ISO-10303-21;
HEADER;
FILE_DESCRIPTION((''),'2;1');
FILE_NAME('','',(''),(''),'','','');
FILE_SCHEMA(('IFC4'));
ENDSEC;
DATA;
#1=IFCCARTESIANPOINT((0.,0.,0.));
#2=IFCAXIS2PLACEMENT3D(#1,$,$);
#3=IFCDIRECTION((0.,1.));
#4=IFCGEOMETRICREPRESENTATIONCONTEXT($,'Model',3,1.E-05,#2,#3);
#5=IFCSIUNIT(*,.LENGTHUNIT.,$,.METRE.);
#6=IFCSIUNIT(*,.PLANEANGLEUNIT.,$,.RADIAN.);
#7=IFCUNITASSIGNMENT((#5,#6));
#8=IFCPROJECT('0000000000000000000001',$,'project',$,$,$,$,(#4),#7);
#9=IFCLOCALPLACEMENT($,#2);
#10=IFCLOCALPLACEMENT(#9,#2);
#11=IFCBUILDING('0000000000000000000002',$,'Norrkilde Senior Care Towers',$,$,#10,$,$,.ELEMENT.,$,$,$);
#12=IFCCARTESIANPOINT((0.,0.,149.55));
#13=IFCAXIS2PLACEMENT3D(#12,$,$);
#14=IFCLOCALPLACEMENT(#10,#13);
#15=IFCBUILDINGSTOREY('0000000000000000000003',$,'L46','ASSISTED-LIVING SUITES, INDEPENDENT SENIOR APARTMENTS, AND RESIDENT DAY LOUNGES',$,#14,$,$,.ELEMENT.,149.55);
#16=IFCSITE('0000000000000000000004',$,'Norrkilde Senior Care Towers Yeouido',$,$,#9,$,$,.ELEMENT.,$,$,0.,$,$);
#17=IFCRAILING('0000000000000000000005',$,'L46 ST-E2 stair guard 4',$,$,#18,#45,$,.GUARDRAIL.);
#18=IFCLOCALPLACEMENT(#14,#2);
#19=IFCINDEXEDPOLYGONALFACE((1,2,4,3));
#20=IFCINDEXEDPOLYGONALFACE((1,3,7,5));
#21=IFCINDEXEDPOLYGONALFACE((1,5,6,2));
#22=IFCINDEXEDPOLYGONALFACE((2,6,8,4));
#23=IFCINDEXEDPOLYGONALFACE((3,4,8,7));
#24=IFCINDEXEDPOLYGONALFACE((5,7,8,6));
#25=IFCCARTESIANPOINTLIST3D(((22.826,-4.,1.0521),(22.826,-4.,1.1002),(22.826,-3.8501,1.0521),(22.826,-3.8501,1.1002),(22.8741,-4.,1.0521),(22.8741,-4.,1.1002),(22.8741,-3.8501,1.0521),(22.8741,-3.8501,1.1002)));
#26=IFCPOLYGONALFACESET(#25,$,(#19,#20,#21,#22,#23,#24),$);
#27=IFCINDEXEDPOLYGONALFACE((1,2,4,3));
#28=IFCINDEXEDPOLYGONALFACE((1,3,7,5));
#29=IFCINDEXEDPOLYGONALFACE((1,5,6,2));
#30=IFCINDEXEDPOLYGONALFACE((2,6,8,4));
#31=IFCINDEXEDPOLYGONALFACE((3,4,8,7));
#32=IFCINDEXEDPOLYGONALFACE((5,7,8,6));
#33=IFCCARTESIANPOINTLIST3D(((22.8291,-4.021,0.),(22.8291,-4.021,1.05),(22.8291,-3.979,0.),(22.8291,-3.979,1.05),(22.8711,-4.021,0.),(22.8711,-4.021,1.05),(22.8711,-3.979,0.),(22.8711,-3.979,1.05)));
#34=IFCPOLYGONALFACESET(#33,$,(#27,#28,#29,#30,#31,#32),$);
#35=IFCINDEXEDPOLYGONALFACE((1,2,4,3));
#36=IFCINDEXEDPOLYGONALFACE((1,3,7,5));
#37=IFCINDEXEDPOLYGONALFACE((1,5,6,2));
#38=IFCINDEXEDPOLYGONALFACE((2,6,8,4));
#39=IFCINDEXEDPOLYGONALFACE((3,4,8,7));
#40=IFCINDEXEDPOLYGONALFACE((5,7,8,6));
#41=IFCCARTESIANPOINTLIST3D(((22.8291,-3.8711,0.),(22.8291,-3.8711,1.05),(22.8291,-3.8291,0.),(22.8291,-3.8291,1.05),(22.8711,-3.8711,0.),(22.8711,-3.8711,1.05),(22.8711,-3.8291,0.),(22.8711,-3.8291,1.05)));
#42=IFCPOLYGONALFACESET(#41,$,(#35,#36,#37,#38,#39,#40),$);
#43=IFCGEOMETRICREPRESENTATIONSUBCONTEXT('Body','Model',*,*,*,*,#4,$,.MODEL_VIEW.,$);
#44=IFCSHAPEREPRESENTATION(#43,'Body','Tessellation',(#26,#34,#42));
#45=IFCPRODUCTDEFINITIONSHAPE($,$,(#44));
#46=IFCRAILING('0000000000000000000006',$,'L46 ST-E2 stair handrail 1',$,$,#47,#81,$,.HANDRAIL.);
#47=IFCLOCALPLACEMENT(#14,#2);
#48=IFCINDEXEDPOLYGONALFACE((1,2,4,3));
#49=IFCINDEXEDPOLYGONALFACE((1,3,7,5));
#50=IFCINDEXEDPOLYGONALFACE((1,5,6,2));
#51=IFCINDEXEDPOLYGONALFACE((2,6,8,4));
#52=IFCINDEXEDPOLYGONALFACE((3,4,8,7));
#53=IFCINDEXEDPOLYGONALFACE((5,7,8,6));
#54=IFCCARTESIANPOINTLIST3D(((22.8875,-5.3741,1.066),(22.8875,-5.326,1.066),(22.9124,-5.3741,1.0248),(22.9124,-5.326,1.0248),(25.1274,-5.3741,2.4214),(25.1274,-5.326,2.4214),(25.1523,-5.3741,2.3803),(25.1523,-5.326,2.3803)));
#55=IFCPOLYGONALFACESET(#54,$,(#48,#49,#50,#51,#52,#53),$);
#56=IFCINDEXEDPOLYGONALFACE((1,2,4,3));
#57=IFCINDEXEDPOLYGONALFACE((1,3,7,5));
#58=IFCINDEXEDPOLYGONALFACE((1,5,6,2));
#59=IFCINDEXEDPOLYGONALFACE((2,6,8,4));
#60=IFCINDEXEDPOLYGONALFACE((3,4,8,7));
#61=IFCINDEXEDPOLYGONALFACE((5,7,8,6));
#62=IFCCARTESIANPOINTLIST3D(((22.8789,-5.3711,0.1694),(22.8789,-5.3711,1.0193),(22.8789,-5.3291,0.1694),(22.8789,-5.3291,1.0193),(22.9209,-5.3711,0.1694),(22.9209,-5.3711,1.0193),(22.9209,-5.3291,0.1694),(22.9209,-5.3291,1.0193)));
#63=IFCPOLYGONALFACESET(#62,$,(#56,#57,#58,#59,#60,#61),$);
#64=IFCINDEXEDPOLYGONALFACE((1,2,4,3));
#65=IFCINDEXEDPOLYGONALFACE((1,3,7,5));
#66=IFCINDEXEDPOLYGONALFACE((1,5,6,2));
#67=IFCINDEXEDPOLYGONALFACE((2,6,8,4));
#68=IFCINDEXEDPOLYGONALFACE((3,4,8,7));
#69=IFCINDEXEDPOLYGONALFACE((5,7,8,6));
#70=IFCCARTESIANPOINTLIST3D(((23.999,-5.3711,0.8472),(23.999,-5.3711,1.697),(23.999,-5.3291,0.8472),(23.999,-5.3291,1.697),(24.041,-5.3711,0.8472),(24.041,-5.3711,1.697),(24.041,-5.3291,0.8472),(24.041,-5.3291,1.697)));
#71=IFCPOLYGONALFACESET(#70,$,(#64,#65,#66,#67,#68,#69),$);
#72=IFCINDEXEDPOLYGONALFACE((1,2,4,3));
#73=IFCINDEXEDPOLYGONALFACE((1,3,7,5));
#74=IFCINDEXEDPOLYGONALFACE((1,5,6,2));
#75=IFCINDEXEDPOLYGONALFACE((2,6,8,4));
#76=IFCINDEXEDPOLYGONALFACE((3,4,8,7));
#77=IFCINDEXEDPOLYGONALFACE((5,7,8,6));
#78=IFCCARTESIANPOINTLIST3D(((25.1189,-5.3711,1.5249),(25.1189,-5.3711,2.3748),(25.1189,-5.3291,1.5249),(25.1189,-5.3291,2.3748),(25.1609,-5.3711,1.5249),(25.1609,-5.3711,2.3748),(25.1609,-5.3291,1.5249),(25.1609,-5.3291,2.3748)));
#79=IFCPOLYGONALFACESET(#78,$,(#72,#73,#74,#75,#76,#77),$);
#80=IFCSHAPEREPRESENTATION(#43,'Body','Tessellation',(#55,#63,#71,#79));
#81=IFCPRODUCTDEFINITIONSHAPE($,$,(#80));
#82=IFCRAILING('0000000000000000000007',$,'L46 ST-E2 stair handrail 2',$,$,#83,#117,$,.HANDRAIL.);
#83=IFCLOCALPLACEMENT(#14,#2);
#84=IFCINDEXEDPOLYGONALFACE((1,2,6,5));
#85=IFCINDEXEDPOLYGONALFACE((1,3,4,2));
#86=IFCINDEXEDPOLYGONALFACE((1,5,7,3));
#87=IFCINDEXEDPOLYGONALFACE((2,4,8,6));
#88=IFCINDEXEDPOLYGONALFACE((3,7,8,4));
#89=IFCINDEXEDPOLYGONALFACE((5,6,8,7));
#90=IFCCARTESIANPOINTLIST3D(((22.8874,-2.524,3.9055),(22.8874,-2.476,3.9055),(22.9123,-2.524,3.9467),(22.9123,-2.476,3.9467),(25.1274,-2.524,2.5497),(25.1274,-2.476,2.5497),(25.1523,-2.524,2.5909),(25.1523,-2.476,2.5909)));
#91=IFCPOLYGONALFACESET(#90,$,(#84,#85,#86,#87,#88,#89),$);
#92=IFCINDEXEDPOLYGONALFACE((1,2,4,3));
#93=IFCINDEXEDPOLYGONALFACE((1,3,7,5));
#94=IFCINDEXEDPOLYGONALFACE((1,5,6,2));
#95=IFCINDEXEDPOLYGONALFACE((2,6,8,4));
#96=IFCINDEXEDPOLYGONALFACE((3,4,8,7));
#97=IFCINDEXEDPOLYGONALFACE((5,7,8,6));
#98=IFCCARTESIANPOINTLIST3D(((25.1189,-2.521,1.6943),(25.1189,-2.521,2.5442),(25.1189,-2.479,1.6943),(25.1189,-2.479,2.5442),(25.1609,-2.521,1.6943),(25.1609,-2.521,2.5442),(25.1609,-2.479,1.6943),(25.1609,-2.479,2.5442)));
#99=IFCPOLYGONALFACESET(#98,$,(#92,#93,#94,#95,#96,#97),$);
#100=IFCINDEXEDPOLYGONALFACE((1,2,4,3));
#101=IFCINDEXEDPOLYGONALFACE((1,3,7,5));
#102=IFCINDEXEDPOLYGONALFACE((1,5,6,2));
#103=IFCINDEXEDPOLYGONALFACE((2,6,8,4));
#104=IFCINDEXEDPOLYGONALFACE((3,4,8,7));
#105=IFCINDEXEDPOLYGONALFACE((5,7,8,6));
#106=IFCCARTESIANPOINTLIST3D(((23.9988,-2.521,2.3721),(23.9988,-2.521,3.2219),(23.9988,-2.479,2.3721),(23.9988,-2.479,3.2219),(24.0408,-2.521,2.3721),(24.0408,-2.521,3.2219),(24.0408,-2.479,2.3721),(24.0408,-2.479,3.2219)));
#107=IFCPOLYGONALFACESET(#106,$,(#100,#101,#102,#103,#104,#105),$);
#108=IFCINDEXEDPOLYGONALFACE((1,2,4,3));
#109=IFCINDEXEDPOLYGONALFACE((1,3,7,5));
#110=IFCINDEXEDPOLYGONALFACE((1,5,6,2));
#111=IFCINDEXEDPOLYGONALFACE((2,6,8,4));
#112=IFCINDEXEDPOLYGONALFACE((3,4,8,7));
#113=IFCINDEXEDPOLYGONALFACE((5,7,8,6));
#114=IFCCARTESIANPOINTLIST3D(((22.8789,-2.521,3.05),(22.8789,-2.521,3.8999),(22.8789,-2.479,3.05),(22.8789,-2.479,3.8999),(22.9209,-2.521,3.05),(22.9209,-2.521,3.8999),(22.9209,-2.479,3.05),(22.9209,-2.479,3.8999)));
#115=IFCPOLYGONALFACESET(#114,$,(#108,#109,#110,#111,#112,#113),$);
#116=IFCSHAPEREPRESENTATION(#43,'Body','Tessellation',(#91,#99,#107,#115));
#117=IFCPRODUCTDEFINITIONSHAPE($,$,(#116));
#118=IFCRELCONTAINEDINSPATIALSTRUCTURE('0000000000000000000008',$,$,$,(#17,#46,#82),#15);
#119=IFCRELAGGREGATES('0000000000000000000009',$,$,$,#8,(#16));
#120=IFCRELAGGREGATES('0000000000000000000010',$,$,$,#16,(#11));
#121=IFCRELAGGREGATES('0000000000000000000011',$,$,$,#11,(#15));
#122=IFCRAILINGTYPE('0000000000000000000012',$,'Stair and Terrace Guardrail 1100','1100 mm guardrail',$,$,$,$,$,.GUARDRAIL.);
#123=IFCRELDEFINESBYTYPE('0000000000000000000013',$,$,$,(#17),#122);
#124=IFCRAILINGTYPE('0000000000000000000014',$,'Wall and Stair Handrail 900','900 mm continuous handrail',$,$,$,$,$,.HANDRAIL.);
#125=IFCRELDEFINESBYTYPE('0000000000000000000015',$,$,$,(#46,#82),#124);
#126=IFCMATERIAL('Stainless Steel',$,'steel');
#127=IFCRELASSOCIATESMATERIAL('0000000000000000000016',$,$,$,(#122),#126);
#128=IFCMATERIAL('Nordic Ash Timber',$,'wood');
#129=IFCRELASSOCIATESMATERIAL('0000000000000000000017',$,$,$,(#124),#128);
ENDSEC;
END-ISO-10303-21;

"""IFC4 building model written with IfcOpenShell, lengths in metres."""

from ifc_helpers import new_model, si_unit, direction, frame, origin, origin_2d, place, context, subcontext, project, spatial, rectangle, extrude, material, type_object, element, save


model = new_model("IFC4")

# Units and contexts
model_context = context("Model", 3, precision=1e-05, world=origin(), true_north=direction((0.0, 1.0)))
body_context = subcontext(model_context, "Body", "Model", "MODEL_VIEW")
ifc_project = project(units=[si_unit("LENGTHUNIT", "METRE"), si_unit("PLANEANGLEUNIT", "RADIAN")], contexts=[model_context])

# Site, building, storey
site_placement = place(None, origin())
site = spatial("IfcSite", under=ifc_project, at=site_placement, Name="Norrkilde Senior Care Towers Yeouido", CompositionType="ELEMENT", RefElevation=0.0)
building_placement = place(site_placement, origin())
building = spatial("IfcBuilding", under=site, at=building_placement, Name="Norrkilde Senior Care Towers", CompositionType="ELEMENT")
storey_placement = place(building_placement, frame((0.0, 0.0, 149.55)))
storey = spatial("IfcBuildingStorey", under=building, at=storey_placement, Name="L46", Description="ASSISTED-LIVING SUITES, INDEPENDENT SENIOR APARTMENTS, AND RESIDENT DAY LOUNGES", CompositionType="ELEMENT", Elevation=149.55)

# Railings
ifc_material_1 = material(Name="Stainless Steel", Category="steel")
railing_type_1 = type_object("IfcRailingType", Name="Stair and Terrace Guardrail 1100", Description="1100 mm guardrail", PredefinedType="GUARDRAIL", material=ifc_material_1)
railing_1_placement = place(storey_placement, frame((22.8501, -4.0, 0.0)))
element("IfcRailing", 1, at=railing_1_placement, inside=storey, type_object=railing_type_1, Name="L46 ST-E2 stair guard 4", PredefinedType="GUARDRAIL", context=body_context, shape_type="SweptSolid", body=[
    extrude(rectangle(XDim=0.0481, YDim=0.0481, at=origin_2d()), frame((0.0, 0.0, 1.0762), z_axis=(0.0, 1.0, 0.0), x_axis=(-1.0, 0.0, 0.0)), (0.0, 0.0, 1.0), 0.1499),
    extrude(rectangle(XDim=0.042, YDim=0.042, at=origin_2d()), origin(), (0.0, 0.0, 1.0), 1.05),
    extrude(rectangle(XDim=0.042, YDim=0.042, at=origin_2d()), frame((0.0, 0.1499, 0.0)), (0.0, 0.0, 1.0), 1.05),
])
ifc_material_2 = material(Name="Nordic Ash Timber", Category="wood")
railing_type_2 = type_object("IfcRailingType", Name="Wall and Stair Handrail 900", Description="900 mm continuous handrail", PredefinedType="HANDRAIL", material=ifc_material_2)
railing_2_placement = place(storey_placement, frame((22.8999, -5.3501, 0.1694)))
element("IfcRailing", 2, at=railing_2_placement, inside=storey, type_object=railing_type_2, Name="L46 ST-E2 stair handrail 1", PredefinedType="HANDRAIL", context=body_context, shape_type="SweptSolid", body=[
    extrude(rectangle(XDim=0.0481, YDim=0.0481, at=origin_2d()), frame((0.0, 0.0, 0.876), z_axis=(0.855553, 0.0, 0.517715), x_axis=(0.0, 1.0, 0.0)), (0.0, 0.0, 1.0), 2.6182),
    extrude(rectangle(XDim=0.042, YDim=0.042, at=origin_2d()), origin(), (0.0, 0.0, 1.0), 0.8499),
    extrude(rectangle(XDim=0.042, YDim=0.042, at=origin_2d()), frame((1.1201, 0.0, 0.6777)), (0.0, 0.0, 1.0), 0.8499),
    extrude(rectangle(XDim=0.042, YDim=0.042, at=origin_2d()), frame((2.24, 0.0, 1.3555)), (0.0, 0.0, 1.0), 0.8499),
])
railing_3_placement = place(storey_placement, frame((25.1399, -2.5, 1.6943)))
element("IfcRailing", 3, at=railing_3_placement, inside=storey, type_object=railing_type_2, Name="L46 ST-E2 stair handrail 2", PredefinedType="HANDRAIL", context=body_context, shape_type="SweptSolid", body=[
    extrude(rectangle(XDim=0.0481, YDim=0.0481, at=origin_2d()), frame((0.0, 0.0, 0.876), z_axis=(-0.855512, 0.0, 0.517783), x_axis=(0.0, -1.0, 0.0)), (0.0, 0.0, 1.0), 2.6184),
    extrude(rectangle(XDim=0.042, YDim=0.042, at=origin_2d()), origin(), (0.0, 0.0, 1.0), 0.8499),
    extrude(rectangle(XDim=0.042, YDim=0.042, at=origin_2d()), frame((-1.1201, 0.0, 0.6777)), (0.0, 0.0, 1.0), 0.8499),
    extrude(rectangle(XDim=0.042, YDim=0.042, at=origin_2d()), frame((-2.24, 0.0, 1.3557)), (0.0, 0.0, 1.0), 0.8499),
])

save(model, "model.ifc")
